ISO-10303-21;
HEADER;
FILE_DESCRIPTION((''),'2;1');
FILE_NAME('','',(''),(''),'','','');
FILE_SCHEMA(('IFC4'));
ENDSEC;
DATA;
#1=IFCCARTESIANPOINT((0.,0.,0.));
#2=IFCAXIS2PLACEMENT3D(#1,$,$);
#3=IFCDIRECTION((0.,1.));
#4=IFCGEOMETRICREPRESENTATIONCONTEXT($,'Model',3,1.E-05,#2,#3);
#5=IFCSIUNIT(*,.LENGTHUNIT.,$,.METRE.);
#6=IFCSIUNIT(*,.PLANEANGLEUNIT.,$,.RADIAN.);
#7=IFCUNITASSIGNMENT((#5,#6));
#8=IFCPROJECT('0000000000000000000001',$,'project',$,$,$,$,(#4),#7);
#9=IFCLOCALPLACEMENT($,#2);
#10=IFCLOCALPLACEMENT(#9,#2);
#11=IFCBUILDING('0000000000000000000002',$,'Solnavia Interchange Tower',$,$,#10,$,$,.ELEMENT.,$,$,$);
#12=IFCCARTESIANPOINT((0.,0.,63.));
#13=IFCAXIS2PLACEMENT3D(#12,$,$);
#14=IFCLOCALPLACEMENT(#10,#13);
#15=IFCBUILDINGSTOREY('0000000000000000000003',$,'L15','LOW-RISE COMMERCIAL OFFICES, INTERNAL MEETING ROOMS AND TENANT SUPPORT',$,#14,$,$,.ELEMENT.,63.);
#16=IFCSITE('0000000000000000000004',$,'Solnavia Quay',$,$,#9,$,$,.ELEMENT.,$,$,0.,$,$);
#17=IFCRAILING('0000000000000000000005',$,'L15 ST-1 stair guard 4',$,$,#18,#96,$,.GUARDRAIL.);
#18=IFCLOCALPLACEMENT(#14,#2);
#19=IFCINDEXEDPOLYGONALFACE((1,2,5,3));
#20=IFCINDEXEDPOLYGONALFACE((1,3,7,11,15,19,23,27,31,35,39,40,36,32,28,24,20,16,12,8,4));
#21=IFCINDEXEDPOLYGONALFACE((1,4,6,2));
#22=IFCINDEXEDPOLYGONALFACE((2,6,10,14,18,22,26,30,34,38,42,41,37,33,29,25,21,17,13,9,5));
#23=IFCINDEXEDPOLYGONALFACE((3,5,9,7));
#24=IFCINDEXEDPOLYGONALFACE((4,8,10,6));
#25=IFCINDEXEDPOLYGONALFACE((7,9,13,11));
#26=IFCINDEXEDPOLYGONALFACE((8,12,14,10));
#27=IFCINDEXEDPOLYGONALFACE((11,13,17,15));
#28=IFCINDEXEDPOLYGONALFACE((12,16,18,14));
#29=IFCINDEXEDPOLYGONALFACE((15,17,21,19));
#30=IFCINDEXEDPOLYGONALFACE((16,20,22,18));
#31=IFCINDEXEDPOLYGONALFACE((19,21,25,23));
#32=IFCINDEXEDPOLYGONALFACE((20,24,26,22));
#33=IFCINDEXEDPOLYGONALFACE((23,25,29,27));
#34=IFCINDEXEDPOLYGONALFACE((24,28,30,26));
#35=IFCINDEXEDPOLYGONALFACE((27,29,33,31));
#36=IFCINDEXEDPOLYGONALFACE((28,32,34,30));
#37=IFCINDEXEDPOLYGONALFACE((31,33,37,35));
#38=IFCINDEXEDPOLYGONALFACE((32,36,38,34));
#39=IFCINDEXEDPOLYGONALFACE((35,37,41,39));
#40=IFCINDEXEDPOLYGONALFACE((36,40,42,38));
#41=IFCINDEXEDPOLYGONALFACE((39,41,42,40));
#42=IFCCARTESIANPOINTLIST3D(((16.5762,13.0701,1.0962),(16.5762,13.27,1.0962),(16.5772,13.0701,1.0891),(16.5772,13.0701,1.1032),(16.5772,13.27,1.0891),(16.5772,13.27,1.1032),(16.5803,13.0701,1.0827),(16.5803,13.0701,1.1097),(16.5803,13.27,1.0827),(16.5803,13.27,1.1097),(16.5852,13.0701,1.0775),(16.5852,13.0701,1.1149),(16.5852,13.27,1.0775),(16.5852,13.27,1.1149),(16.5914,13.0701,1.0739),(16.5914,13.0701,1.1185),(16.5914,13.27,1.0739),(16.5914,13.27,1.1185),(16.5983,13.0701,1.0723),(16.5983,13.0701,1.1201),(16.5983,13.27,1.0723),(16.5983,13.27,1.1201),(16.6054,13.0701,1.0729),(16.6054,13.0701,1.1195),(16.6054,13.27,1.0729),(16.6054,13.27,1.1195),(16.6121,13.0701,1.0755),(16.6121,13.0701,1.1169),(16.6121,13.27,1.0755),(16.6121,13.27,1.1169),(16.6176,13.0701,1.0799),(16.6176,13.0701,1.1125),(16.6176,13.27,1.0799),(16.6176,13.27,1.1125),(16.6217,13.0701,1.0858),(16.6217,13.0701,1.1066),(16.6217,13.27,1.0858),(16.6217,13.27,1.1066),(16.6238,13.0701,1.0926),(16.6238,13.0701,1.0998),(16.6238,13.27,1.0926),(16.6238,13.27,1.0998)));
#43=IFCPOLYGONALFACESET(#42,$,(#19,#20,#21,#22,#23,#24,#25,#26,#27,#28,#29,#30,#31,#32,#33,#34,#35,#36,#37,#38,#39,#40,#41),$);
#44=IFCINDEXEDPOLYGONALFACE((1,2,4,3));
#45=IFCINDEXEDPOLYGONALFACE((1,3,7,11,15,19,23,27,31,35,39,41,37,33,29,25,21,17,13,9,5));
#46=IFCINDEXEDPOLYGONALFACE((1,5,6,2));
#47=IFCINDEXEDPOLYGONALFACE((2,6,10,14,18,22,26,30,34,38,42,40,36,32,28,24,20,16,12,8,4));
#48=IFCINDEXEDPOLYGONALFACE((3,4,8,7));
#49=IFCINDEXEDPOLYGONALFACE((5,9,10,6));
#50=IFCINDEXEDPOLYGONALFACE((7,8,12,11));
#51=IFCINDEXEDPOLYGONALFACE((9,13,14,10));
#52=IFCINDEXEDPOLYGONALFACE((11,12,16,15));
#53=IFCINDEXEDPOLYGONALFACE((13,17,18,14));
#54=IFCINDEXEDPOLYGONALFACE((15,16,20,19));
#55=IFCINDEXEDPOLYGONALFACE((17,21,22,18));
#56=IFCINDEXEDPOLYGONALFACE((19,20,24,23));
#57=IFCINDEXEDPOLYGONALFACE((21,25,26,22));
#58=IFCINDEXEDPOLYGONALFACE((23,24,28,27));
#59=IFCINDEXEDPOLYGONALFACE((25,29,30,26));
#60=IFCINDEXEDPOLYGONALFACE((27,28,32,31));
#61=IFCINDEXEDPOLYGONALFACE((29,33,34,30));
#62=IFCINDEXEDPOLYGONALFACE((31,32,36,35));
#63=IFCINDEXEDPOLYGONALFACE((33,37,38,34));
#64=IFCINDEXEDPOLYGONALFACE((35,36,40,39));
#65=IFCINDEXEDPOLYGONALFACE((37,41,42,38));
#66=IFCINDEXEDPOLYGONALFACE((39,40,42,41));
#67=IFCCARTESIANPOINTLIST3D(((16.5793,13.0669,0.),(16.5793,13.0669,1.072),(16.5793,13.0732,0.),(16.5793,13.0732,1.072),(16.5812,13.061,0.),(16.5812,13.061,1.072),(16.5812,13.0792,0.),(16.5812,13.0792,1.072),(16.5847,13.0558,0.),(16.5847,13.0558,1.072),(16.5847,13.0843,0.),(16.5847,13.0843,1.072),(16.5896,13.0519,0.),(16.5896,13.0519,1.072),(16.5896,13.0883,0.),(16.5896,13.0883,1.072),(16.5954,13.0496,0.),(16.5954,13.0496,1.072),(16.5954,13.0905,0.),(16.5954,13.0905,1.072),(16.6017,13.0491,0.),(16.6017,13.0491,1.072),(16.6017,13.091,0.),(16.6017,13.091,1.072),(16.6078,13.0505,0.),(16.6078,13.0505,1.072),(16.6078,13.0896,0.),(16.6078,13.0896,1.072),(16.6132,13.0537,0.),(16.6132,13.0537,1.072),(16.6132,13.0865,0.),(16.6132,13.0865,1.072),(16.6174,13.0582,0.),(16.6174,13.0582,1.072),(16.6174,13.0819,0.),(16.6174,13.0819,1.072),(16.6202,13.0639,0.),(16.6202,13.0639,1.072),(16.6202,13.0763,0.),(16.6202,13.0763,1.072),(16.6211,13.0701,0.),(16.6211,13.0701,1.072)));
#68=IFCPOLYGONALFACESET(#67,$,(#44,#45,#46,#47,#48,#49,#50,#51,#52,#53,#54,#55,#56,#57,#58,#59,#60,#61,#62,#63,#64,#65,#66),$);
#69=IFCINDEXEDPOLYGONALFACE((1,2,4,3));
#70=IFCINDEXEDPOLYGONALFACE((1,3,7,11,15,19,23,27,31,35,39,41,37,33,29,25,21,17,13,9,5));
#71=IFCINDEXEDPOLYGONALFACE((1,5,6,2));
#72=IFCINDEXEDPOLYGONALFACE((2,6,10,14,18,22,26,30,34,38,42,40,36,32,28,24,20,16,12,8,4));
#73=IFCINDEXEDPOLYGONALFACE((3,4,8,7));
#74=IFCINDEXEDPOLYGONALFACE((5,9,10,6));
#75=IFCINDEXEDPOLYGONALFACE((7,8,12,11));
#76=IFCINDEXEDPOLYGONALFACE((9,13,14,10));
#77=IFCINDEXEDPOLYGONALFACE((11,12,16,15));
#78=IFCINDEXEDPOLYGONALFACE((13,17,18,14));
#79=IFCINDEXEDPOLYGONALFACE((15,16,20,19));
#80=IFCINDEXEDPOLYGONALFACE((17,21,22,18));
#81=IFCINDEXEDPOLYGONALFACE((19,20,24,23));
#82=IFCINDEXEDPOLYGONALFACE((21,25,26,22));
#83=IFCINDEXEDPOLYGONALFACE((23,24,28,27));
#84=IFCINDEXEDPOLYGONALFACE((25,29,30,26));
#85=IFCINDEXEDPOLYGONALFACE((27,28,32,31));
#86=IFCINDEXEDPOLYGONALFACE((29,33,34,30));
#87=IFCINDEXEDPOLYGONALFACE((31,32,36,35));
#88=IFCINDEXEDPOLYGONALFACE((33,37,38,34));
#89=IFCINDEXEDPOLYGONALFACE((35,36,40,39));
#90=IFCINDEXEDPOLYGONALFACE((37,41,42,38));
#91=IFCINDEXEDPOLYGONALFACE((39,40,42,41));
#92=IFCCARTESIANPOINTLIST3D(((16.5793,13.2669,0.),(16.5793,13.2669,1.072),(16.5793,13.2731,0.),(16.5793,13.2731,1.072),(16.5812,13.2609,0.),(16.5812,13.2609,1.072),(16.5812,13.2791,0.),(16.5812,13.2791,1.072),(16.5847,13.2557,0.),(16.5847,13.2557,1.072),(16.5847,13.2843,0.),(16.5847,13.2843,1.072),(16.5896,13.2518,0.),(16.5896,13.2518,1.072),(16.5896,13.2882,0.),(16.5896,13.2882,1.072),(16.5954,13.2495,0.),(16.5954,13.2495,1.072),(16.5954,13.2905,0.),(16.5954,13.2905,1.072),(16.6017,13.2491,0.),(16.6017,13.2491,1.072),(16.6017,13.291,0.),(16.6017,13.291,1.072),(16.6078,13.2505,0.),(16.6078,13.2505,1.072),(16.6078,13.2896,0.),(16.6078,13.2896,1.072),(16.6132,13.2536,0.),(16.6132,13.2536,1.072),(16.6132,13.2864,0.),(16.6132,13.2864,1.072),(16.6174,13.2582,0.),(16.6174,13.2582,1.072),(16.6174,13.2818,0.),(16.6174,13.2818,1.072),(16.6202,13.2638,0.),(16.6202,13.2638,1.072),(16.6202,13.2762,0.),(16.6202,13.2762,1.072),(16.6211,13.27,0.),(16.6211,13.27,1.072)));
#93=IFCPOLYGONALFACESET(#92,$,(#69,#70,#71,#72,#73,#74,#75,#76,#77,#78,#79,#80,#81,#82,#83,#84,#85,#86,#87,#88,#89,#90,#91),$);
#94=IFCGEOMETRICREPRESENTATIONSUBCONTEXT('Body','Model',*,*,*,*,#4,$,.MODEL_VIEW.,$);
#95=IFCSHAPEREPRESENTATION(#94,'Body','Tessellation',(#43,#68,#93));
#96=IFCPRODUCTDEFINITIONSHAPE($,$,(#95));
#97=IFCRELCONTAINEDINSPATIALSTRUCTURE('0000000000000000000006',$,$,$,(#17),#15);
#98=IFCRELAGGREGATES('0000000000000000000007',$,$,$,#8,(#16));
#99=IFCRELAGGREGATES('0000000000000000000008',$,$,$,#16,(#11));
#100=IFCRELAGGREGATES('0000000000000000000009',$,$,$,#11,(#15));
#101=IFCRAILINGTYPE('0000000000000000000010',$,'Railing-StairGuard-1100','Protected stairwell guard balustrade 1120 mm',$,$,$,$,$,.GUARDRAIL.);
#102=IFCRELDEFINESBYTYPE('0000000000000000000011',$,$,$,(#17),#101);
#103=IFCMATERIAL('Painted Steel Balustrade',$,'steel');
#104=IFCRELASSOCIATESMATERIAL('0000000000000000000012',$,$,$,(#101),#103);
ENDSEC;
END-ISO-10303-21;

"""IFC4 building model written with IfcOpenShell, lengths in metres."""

from ifc_helpers import new_model, si_unit, direction, frame, origin, origin_2d, place, context, subcontext, project, spatial, circle, extrude, material, type_object, element, save


model = new_model("IFC4")

# Units and contexts
model_context = context("Model", 3, precision=1e-05, world=origin(), true_north=direction((0.0, 1.0)))
body_context = subcontext(model_context, "Body", "Model", "MODEL_VIEW")
ifc_project = project(units=[si_unit("LENGTHUNIT", "METRE"), si_unit("PLANEANGLEUNIT", "RADIAN")], contexts=[model_context])

# Site, building, storey
site_placement = place(None, origin())
site = spatial("IfcSite", under=ifc_project, at=site_placement, Name="Solnavia Quay", CompositionType="ELEMENT", RefElevation=0.0)
building_placement = place(site_placement, origin())
building = spatial("IfcBuilding", under=site, at=building_placement, Name="Solnavia Interchange Tower", CompositionType="ELEMENT")
storey_placement = place(building_placement, frame((0.0, 0.0, 63.0)))
storey = spatial("IfcBuildingStorey", under=building, at=storey_placement, Name="L15", Description="LOW-RISE COMMERCIAL OFFICES, INTERNAL MEETING ROOMS AND TENANT SUPPORT", CompositionType="ELEMENT", Elevation=63.0)

# Railing
ifc_material_1 = material(Name="Painted Steel Balustrade", Category="steel")
railing_type_1 = type_object("IfcRailingType", Name="Railing-StairGuard-1100", Description="Protected stairwell guard balustrade 1120 mm", PredefinedType="GUARDRAIL", material=ifc_material_1)
railing_1_placement = place(storey_placement, frame((16.6001, 13.0701, 0.0)))
element("IfcRailing", 1, at=railing_1_placement, inside=storey, type_object=railing_type_1, Name="L15 ST-1 stair guard 4", PredefinedType="GUARDRAIL", context=body_context, shape_type="SweptSolid", body=[
    extrude(circle(Radius=0.0239, at=origin_2d()), frame((0.0, 0.0, 1.0962), z_axis=(0.0, 1.0, 0.0), x_axis=(-1.0, 0.0, 0.0)), (0.0, 0.0, 1.0), 0.2),
    extrude(circle(Radius=0.021, at=origin_2d()), origin(), (0.0, 0.0, 1.0), 1.072),
    extrude(circle(Radius=0.021, at=origin_2d()), frame((0.0, 0.2, 0.0)), (0.0, 0.0, 1.0), 1.072),
])

save(model, "model.ifc")
